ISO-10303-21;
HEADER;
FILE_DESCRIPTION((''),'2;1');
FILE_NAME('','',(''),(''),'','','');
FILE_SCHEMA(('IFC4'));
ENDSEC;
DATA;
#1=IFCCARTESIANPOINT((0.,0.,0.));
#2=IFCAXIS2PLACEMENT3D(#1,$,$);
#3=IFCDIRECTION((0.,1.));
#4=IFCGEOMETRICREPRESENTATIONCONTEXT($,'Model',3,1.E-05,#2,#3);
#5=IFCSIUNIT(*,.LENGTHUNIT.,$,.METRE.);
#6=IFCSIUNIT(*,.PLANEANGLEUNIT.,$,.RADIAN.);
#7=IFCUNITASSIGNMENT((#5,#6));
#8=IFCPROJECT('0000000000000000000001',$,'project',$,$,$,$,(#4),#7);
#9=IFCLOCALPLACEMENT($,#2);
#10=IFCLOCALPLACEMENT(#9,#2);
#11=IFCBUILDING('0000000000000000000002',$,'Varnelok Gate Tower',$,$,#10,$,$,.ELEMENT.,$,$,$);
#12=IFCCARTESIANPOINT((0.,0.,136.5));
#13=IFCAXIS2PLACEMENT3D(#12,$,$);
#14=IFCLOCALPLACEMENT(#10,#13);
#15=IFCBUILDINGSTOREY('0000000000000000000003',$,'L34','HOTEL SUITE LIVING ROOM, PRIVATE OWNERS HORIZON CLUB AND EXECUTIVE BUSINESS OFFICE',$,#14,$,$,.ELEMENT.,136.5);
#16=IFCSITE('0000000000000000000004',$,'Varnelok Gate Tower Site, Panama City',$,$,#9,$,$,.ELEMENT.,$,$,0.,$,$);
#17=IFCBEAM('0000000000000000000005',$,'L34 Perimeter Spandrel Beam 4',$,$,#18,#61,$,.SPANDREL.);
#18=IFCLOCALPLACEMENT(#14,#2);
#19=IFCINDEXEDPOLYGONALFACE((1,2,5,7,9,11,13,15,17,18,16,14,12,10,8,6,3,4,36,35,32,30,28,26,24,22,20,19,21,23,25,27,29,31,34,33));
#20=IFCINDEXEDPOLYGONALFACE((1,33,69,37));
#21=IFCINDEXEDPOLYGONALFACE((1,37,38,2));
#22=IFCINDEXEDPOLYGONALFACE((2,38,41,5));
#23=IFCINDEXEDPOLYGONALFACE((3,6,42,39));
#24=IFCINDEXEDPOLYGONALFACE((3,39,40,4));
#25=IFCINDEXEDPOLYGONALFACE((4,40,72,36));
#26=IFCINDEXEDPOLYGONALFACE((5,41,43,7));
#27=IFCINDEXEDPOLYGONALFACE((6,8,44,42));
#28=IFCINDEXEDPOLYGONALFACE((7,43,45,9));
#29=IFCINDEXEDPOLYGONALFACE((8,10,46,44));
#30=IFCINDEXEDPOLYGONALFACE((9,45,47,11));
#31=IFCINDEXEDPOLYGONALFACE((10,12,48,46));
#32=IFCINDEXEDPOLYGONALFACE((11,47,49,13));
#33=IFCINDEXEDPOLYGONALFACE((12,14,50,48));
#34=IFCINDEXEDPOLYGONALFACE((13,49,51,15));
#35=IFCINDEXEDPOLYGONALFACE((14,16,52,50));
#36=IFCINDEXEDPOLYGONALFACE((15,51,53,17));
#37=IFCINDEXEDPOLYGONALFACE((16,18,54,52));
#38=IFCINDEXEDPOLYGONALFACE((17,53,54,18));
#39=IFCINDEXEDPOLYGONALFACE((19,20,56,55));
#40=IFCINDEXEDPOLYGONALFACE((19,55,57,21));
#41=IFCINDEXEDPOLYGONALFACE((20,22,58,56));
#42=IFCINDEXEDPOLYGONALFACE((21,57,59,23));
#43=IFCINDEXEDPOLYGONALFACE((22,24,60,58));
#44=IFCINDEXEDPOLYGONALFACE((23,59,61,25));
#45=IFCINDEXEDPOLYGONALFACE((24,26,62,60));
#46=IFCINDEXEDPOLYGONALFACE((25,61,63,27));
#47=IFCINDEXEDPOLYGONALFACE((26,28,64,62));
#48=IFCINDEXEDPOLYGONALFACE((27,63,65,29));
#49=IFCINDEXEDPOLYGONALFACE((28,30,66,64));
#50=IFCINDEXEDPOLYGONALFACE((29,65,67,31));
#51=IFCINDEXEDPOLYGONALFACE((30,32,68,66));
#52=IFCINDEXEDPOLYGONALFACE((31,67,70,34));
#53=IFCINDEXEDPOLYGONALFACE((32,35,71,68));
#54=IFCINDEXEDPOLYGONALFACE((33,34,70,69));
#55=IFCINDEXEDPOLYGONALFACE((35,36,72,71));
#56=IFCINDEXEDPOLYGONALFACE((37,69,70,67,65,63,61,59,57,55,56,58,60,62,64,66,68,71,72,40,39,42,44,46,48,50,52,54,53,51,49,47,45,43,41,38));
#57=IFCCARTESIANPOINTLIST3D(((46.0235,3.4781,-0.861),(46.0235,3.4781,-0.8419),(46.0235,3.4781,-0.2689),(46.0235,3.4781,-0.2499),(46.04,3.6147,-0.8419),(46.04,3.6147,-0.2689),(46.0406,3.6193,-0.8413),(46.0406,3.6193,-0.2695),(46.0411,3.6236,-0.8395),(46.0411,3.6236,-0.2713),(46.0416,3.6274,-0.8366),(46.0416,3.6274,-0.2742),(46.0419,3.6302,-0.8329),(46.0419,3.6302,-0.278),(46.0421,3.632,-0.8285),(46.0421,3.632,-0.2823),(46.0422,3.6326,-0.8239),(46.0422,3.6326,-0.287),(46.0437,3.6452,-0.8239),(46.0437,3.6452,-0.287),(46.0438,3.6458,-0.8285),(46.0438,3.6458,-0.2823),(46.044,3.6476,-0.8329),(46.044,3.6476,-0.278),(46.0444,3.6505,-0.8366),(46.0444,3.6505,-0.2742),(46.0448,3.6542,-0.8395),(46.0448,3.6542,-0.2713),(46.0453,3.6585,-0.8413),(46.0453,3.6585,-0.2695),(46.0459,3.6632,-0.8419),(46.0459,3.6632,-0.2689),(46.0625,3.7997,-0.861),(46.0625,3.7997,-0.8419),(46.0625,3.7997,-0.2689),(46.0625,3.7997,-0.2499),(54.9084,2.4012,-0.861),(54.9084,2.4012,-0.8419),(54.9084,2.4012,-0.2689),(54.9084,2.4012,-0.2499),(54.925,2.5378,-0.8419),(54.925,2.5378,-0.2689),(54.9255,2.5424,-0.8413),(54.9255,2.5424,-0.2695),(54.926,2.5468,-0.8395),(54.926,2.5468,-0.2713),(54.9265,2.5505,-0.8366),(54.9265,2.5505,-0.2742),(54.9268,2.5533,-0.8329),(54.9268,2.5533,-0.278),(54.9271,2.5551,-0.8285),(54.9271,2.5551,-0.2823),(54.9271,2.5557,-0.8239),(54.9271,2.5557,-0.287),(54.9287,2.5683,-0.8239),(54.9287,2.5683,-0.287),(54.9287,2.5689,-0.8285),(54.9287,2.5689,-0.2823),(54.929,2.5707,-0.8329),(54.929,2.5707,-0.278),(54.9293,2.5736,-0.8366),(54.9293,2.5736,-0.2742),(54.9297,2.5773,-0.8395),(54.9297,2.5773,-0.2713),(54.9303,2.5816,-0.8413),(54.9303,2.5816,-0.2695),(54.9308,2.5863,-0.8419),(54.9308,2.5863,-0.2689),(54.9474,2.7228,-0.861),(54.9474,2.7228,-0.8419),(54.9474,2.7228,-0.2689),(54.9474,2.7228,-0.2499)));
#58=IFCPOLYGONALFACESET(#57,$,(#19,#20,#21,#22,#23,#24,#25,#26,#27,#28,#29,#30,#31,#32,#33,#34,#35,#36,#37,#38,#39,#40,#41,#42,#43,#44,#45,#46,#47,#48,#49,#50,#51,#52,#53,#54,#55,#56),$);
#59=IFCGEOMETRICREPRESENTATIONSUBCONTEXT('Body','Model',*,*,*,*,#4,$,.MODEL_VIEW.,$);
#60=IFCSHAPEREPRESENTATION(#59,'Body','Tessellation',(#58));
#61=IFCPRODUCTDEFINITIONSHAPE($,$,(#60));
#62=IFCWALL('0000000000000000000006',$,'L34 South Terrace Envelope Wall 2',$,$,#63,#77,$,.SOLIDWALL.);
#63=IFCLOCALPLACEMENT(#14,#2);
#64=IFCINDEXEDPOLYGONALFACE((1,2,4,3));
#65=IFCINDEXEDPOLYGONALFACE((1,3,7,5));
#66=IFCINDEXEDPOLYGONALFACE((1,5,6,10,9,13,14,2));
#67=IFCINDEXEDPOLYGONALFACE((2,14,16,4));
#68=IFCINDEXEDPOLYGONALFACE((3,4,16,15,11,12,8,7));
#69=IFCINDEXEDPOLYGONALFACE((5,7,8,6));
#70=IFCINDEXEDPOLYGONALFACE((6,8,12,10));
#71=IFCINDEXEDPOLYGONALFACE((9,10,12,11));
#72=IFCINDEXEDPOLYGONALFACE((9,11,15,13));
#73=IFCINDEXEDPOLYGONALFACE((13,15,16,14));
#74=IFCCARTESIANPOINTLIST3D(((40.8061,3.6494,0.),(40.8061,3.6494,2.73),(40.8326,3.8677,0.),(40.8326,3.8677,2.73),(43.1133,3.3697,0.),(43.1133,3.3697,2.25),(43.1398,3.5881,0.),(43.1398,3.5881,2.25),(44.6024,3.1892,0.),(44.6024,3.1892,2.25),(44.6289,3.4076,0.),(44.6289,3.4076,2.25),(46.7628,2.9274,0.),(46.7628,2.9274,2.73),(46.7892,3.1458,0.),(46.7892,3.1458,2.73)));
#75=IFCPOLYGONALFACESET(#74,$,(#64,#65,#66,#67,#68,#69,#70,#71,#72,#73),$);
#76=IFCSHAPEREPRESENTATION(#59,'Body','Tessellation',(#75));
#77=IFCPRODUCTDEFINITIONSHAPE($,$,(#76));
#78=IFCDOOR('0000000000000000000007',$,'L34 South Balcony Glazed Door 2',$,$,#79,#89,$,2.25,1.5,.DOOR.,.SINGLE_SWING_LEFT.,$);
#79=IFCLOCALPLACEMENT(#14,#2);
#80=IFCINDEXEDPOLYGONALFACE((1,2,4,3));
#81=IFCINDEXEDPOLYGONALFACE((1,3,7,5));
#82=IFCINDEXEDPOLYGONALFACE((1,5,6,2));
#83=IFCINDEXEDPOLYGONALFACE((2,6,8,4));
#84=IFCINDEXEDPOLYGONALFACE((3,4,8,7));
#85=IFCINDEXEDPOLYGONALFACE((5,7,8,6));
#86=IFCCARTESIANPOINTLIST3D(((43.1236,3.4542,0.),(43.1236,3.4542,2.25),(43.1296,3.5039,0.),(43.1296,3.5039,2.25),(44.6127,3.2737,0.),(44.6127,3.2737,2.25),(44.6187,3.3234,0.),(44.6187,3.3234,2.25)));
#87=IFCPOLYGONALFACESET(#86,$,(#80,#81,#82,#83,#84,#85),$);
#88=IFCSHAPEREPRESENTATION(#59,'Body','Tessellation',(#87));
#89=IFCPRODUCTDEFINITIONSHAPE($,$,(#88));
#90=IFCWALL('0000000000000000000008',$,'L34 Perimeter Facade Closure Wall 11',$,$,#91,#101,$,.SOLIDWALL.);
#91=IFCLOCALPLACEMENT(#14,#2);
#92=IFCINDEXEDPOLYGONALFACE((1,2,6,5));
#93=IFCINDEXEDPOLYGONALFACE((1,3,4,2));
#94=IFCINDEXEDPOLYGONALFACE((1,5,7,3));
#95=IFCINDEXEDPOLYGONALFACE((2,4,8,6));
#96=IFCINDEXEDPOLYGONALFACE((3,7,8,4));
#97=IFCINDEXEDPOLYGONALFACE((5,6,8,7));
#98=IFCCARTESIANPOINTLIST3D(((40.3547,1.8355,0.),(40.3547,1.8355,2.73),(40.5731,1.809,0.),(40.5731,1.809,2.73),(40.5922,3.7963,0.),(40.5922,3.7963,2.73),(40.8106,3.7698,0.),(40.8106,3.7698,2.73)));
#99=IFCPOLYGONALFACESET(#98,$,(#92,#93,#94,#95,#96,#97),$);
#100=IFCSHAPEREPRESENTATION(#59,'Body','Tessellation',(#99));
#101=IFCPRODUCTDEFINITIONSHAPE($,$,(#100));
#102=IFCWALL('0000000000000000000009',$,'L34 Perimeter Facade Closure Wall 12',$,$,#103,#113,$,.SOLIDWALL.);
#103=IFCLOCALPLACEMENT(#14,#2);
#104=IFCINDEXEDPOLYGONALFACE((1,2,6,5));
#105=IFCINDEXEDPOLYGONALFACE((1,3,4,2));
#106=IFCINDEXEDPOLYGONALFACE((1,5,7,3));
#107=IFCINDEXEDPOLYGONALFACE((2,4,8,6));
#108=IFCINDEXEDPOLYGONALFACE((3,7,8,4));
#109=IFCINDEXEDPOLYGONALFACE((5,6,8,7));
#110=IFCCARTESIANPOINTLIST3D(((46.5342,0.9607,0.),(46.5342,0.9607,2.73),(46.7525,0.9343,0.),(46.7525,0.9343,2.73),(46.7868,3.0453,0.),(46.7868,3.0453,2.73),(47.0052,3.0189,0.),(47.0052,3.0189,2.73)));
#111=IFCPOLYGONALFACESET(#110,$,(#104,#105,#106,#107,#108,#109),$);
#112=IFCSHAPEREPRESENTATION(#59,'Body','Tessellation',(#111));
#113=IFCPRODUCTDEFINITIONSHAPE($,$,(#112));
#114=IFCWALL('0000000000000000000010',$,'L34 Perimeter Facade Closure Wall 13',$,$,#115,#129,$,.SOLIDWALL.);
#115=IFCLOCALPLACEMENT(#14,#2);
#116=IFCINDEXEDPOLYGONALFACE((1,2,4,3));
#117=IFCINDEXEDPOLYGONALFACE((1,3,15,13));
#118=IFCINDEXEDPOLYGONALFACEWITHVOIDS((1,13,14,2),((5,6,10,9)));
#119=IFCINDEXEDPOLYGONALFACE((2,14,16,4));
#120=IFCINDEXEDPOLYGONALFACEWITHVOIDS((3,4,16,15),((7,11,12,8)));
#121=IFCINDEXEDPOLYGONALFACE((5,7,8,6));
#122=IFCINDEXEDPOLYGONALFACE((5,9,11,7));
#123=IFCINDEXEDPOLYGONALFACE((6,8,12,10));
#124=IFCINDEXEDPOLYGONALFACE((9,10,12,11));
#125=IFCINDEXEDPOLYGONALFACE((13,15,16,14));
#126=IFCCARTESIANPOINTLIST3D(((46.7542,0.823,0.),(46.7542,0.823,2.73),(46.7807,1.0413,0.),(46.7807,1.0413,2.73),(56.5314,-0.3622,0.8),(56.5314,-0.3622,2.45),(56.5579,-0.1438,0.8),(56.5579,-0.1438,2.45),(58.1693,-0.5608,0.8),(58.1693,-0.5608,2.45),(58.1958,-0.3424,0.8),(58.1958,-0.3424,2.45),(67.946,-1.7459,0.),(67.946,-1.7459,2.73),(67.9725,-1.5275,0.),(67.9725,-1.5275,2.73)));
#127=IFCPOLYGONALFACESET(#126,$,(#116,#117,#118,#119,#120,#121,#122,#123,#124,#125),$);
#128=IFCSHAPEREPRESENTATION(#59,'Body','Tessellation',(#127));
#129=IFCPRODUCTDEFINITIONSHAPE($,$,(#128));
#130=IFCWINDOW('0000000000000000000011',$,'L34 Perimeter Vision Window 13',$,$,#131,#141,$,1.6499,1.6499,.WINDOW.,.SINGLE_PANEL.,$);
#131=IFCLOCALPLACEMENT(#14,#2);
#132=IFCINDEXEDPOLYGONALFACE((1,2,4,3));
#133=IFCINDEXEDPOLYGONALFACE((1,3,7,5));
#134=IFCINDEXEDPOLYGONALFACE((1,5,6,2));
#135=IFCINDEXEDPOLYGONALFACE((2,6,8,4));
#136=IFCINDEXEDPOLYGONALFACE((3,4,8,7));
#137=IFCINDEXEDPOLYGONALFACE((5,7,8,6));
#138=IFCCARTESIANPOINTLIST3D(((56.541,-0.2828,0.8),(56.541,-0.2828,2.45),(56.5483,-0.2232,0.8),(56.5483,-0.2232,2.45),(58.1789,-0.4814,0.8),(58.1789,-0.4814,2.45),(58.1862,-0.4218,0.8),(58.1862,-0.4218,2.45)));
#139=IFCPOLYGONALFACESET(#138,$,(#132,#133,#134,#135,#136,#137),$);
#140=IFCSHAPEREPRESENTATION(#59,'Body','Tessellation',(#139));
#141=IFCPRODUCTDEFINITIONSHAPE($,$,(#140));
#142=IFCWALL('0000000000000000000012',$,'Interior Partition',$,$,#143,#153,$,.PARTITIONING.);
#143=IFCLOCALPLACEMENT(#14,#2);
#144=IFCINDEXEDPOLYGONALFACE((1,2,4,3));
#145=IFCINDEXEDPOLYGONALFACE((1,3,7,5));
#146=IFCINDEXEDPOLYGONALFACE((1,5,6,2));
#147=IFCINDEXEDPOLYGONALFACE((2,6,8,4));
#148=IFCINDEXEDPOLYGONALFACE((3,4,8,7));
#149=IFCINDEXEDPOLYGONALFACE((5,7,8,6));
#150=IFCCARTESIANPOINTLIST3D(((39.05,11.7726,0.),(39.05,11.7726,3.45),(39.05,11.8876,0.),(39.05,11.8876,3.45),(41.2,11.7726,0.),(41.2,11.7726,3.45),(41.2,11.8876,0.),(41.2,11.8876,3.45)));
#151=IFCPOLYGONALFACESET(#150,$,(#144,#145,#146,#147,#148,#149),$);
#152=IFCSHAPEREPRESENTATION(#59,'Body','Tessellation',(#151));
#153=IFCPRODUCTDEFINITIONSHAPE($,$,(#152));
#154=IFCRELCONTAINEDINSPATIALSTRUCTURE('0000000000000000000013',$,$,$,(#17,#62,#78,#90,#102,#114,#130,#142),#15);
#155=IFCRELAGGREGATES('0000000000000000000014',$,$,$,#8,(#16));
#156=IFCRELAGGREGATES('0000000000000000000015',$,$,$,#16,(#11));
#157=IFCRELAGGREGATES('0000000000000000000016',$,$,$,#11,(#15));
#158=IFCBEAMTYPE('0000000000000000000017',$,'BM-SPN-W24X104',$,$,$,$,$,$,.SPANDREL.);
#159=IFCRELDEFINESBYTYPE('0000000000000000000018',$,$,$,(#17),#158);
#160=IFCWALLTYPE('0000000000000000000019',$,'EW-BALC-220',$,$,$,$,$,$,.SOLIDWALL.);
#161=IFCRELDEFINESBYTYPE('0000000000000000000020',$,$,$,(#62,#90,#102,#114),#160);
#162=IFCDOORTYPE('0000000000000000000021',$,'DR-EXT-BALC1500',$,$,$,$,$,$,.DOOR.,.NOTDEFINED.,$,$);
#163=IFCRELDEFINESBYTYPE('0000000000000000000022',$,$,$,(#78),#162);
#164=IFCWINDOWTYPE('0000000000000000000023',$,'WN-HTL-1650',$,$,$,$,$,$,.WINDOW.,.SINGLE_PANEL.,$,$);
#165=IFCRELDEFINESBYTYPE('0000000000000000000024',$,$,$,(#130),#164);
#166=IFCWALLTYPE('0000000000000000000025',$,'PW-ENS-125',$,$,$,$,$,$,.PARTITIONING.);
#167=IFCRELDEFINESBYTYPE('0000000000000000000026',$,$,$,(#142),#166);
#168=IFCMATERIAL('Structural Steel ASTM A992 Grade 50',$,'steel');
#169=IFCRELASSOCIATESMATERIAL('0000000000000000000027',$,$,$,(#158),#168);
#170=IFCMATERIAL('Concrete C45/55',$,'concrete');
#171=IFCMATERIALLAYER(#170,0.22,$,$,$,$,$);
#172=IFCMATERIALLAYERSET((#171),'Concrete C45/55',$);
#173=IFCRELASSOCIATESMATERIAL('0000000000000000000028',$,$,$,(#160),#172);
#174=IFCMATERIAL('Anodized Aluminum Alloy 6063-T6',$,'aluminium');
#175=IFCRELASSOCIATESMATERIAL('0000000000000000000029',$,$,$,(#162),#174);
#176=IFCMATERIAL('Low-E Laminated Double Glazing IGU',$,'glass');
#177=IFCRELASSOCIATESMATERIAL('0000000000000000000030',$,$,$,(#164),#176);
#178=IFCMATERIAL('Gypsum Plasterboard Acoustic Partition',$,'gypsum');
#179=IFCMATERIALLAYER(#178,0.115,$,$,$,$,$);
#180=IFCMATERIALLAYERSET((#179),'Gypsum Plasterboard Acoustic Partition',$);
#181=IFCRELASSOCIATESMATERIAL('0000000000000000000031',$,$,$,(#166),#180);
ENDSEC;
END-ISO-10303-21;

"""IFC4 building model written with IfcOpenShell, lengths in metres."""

from ifc_helpers import new_model, si_unit, direction, frame, frame_2d, origin, origin_2d, place, context, subcontext, project, spatial, rectangle, i_section, extrude, material, layer, layer_set, material_profile, profile_set, type_object, element, fill, save


model = new_model("IFC4")

# Units and contexts
model_context = context("Model", 3, precision=1e-05, world=origin(), true_north=direction((0.0, 1.0)))
body_context = subcontext(model_context, "Body", "Model", "MODEL_VIEW")
ifc_project = project(units=[si_unit("LENGTHUNIT", "METRE"), si_unit("PLANEANGLEUNIT", "RADIAN")], contexts=[model_context])

# Site, building, storey
site_placement = place(None, origin())
site = spatial("IfcSite", under=ifc_project, at=site_placement, Name="Varnelok Gate Tower Site, Panama City", CompositionType="ELEMENT", RefElevation=0.0)
building_placement = place(site_placement, origin())
building = spatial("IfcBuilding", under=site, at=building_placement, Name="Varnelok Gate Tower", CompositionType="ELEMENT")
storey_placement = place(building_placement, frame((0.0, 0.0, 136.5)))
storey = spatial("IfcBuildingStorey", under=building, at=storey_placement, Name="L34", Description="HOTEL SUITE LIVING ROOM, PRIVATE OWNERS HORIZON CLUB AND EXECUTIVE BUSINESS OFFICE", CompositionType="ELEMENT", Elevation=136.5)

# Shared definitions
ifc_material_1 = material(Name="Structural Steel ASTM A992 Grade 50", Category="steel")

# Beam
ifc_material_profile_1 = material_profile(ifc_material_1, i_section(OverallWidth=0.324, OverallDepth=0.6111, WebThickness=0.0127, FlangeThickness=0.019, FilletRadius=0.0181, at=origin_2d()), Name="W24X104")
ifc_profile_set_1 = profile_set([ifc_material_profile_1], Name="Structural Steel ASTM A992 Grade 50")
beam_type_1 = type_object("IfcBeamType", Name="BM-SPN-W24X104", PredefinedType="SPANDREL", material=ifc_profile_set_1)
beam_1_placement = place(storey_placement, frame((46.043, 3.6389, -0.5554), z_axis=(0.992735, -0.120324, 0.0), x_axis=(0.120324, 0.992735, 0.0)))
element("IfcBeam", 1, at=beam_1_placement, inside=storey, type_object=beam_type_1, Name="L34 Perimeter Spandrel Beam 4", PredefinedType="SPANDREL", context=body_context, shape_type="SweptSolid", body=[
    extrude(i_section(OverallWidth=0.324, OverallDepth=0.6111, WebThickness=0.0127, FlangeThickness=0.019, FilletRadius=0.0181, at=origin_2d()), origin(), (0.0, 0.0, 1.0), 8.95),
])

# Wall, opening, door
ifc_material_2 = material(Name="Concrete C45/55", Category="concrete")
ifc_layer_1 = layer(ifc_material_2, 0.22)
ifc_layer_set_1 = layer_set([ifc_layer_1], Name="Concrete C45/55")
wall_type_1 = type_object("IfcWallType", Name="EW-BALC-220", PredefinedType="SOLIDWALL", material=ifc_layer_set_1)
wall_1_placement = place(storey_placement, frame((46.7759, 3.0366, 0.0), z_axis=(0.0, 0.0, 1.0), x_axis=(-0.992735, 0.120318, 0.0)))
wall_1 = element("IfcWall", 2, at=wall_1_placement, inside=storey, type_object=wall_type_1, Name="L34 South Terrace Envelope Wall 2", PredefinedType="SOLIDWALL", context=body_context, shape_type="SweptSolid", body=[
    extrude(rectangle(XDim=6.0002, YDim=0.22, at=frame_2d((3.0, 0.0))), origin(), (0.0, 0.0, 1.0), 2.73),
])
opening_1_placement = place(wall_1_placement, frame((2.176, 0.0, 0.0)))
opening_1 = element("IfcOpeningElement", 3, at=opening_1_placement, cuts=wall_1, PredefinedType="OPENING", context=body_context, shape_type="SweptSolid", body=[
    extrude(rectangle(XDim=1.5, YDim=2.25, at=frame_2d((0.75, 1.125))), frame((0.0, 0.1199, 0.0), z_axis=(0.0, -1.0, 0.0), x_axis=(1.0, 0.0, 0.0)), (0.0, 0.0, 1.0), 0.24),
])
ifc_material_3 = material(Name="Anodized Aluminum Alloy 6063-T6", Category="aluminium")
door_type_1 = type_object("IfcDoorType", Name="DR-EXT-BALC1500", OperationType="NOTDEFINED", PredefinedType="DOOR", material=ifc_material_3)
door_1_placement = place(opening_1_placement, origin())
door_1 = element("IfcDoor", 4, at=door_1_placement, inside=storey, type_object=door_type_1, Name="L34 South Balcony Glazed Door 2", OperationType="SINGLE_SWING_LEFT", OverallHeight=2.25, OverallWidth=1.5, PredefinedType="DOOR", context=body_context, shape_type="SweptSolid", body=[
    extrude(rectangle(XDim=1.5, YDim=2.25, at=frame_2d((0.75, 1.125))), frame((0.0, 0.0249, 0.0), z_axis=(0.0, -1.0, 0.0), x_axis=(1.0, 0.0, 0.0)), (0.0, 0.0, 1.0), 0.05),
])
fill(opening_1, door_1)

# Walls
wall_2_placement = place(storey_placement, frame((40.4639, 1.8223, 0.0), z_axis=(0.0, 0.0, 1.0), x_axis=(0.120276, 0.99274, 0.0)))
element("IfcWall", 5, at=wall_2_placement, inside=storey, type_object=wall_type_1, Name="L34 Perimeter Facade Closure Wall 11", PredefinedType="SOLIDWALL", context=body_context, shape_type="SweptSolid", body=[
    extrude(rectangle(XDim=1.9751, YDim=0.22, at=frame_2d((0.9875, 0.0))), origin(), (0.0, 0.0, 1.0), 2.73),
])
wall_3_placement = place(storey_placement, frame((46.896, 3.032, 0.0), z_axis=(0.0, 0.0, 1.0), x_axis=(-0.120328, -0.992734, 0.0)))
element("IfcWall", 6, at=wall_3_placement, inside=storey, type_object=wall_type_1, Name="L34 Perimeter Facade Closure Wall 12", PredefinedType="SOLIDWALL", context=body_context, shape_type="SweptSolid", body=[
    extrude(rectangle(XDim=2.0999, YDim=0.22, at=frame_2d((1.0498, 0.0))), origin(), (0.0, 0.0, 1.0), 2.73),
])

# Wall, opening, window
wall_4_placement = place(storey_placement, frame((46.7676, 0.9321, 0.0), z_axis=(0.0, 0.0, 1.0), x_axis=(0.992733, -0.120338, 0.0)))
wall_4 = element("IfcWall", 7, at=wall_4_placement, inside=storey, type_object=wall_type_1, Name="L34 Perimeter Facade Closure Wall 13", PredefinedType="SOLIDWALL", context=body_context, shape_type="SweptSolid", body=[
    extrude(rectangle(XDim=21.3469, YDim=0.22, at=frame_2d((10.6733, 0.0))), origin(), (0.0, 0.0, 1.0), 2.73),
])
opening_2_placement = place(wall_4_placement, frame((9.8486, 0.0, 0.8)))
opening_2 = element("IfcOpeningElement", 8, at=opening_2_placement, cuts=wall_4, PredefinedType="OPENING", context=body_context, shape_type="SweptSolid", body=[
    extrude(rectangle(XDim=1.6499, YDim=1.6499, at=frame_2d((0.825, 0.825))), frame((0.0, 0.1199, 0.0), z_axis=(0.0, -1.0, 0.0), x_axis=(1.0, 0.0, 0.0)), (0.0, 0.0, 1.0), 0.24),
])
ifc_material_4 = material(Name="Low-E Laminated Double Glazing IGU", Category="glass")
window_type = type_object("IfcWindowType", Name="WN-HTL-1650", PartitioningType="SINGLE_PANEL", PredefinedType="WINDOW", material=ifc_material_4)
window_placement = place(opening_2_placement, origin())
window = element("IfcWindow", 9, at=window_placement, inside=storey, type_object=window_type, Name="L34 Perimeter Vision Window 13", OverallHeight=1.6499, OverallWidth=1.6499, PartitioningType="SINGLE_PANEL", PredefinedType="WINDOW", context=body_context, shape_type="SweptSolid", body=[
    extrude(rectangle(XDim=1.6499, YDim=1.6499, at=frame_2d((0.825, 0.825))), frame((0.0, 0.03, 0.0), z_axis=(0.0, -1.0, 0.0), x_axis=(1.0, 0.0, 0.0)), (0.0, 0.0, 1.0), 0.0601),
])
fill(opening_2, window)

# Wall
ifc_material_5 = material(Name="Gypsum Plasterboard Acoustic Partition", Category="gypsum")
ifc_layer_2 = layer(ifc_material_5, 0.115)
ifc_layer_set_2 = layer_set([ifc_layer_2], Name="Gypsum Plasterboard Acoustic Partition")
wall_type_2 = type_object("IfcWallType", Name="PW-ENS-125", PredefinedType="PARTITIONING", material=ifc_layer_set_2)
wall_5_placement = place(storey_placement, frame((39.05, 11.8301, 0.0), z_axis=(0.0, 0.0, 1.0), x_axis=(1.0, 0.0, 0.0)))
element("IfcWall", 10, at=wall_5_placement, inside=storey, type_object=wall_type_2, Name="Interior Partition", PredefinedType="PARTITIONING", context=body_context, shape_type="SweptSolid", body=[
    extrude(rectangle(XDim=2.1499, YDim=0.115, at=frame_2d((1.075, 0.0))), origin(), (0.0, 0.0, 1.0), 3.45),
])

save(model, "model.ifc")
